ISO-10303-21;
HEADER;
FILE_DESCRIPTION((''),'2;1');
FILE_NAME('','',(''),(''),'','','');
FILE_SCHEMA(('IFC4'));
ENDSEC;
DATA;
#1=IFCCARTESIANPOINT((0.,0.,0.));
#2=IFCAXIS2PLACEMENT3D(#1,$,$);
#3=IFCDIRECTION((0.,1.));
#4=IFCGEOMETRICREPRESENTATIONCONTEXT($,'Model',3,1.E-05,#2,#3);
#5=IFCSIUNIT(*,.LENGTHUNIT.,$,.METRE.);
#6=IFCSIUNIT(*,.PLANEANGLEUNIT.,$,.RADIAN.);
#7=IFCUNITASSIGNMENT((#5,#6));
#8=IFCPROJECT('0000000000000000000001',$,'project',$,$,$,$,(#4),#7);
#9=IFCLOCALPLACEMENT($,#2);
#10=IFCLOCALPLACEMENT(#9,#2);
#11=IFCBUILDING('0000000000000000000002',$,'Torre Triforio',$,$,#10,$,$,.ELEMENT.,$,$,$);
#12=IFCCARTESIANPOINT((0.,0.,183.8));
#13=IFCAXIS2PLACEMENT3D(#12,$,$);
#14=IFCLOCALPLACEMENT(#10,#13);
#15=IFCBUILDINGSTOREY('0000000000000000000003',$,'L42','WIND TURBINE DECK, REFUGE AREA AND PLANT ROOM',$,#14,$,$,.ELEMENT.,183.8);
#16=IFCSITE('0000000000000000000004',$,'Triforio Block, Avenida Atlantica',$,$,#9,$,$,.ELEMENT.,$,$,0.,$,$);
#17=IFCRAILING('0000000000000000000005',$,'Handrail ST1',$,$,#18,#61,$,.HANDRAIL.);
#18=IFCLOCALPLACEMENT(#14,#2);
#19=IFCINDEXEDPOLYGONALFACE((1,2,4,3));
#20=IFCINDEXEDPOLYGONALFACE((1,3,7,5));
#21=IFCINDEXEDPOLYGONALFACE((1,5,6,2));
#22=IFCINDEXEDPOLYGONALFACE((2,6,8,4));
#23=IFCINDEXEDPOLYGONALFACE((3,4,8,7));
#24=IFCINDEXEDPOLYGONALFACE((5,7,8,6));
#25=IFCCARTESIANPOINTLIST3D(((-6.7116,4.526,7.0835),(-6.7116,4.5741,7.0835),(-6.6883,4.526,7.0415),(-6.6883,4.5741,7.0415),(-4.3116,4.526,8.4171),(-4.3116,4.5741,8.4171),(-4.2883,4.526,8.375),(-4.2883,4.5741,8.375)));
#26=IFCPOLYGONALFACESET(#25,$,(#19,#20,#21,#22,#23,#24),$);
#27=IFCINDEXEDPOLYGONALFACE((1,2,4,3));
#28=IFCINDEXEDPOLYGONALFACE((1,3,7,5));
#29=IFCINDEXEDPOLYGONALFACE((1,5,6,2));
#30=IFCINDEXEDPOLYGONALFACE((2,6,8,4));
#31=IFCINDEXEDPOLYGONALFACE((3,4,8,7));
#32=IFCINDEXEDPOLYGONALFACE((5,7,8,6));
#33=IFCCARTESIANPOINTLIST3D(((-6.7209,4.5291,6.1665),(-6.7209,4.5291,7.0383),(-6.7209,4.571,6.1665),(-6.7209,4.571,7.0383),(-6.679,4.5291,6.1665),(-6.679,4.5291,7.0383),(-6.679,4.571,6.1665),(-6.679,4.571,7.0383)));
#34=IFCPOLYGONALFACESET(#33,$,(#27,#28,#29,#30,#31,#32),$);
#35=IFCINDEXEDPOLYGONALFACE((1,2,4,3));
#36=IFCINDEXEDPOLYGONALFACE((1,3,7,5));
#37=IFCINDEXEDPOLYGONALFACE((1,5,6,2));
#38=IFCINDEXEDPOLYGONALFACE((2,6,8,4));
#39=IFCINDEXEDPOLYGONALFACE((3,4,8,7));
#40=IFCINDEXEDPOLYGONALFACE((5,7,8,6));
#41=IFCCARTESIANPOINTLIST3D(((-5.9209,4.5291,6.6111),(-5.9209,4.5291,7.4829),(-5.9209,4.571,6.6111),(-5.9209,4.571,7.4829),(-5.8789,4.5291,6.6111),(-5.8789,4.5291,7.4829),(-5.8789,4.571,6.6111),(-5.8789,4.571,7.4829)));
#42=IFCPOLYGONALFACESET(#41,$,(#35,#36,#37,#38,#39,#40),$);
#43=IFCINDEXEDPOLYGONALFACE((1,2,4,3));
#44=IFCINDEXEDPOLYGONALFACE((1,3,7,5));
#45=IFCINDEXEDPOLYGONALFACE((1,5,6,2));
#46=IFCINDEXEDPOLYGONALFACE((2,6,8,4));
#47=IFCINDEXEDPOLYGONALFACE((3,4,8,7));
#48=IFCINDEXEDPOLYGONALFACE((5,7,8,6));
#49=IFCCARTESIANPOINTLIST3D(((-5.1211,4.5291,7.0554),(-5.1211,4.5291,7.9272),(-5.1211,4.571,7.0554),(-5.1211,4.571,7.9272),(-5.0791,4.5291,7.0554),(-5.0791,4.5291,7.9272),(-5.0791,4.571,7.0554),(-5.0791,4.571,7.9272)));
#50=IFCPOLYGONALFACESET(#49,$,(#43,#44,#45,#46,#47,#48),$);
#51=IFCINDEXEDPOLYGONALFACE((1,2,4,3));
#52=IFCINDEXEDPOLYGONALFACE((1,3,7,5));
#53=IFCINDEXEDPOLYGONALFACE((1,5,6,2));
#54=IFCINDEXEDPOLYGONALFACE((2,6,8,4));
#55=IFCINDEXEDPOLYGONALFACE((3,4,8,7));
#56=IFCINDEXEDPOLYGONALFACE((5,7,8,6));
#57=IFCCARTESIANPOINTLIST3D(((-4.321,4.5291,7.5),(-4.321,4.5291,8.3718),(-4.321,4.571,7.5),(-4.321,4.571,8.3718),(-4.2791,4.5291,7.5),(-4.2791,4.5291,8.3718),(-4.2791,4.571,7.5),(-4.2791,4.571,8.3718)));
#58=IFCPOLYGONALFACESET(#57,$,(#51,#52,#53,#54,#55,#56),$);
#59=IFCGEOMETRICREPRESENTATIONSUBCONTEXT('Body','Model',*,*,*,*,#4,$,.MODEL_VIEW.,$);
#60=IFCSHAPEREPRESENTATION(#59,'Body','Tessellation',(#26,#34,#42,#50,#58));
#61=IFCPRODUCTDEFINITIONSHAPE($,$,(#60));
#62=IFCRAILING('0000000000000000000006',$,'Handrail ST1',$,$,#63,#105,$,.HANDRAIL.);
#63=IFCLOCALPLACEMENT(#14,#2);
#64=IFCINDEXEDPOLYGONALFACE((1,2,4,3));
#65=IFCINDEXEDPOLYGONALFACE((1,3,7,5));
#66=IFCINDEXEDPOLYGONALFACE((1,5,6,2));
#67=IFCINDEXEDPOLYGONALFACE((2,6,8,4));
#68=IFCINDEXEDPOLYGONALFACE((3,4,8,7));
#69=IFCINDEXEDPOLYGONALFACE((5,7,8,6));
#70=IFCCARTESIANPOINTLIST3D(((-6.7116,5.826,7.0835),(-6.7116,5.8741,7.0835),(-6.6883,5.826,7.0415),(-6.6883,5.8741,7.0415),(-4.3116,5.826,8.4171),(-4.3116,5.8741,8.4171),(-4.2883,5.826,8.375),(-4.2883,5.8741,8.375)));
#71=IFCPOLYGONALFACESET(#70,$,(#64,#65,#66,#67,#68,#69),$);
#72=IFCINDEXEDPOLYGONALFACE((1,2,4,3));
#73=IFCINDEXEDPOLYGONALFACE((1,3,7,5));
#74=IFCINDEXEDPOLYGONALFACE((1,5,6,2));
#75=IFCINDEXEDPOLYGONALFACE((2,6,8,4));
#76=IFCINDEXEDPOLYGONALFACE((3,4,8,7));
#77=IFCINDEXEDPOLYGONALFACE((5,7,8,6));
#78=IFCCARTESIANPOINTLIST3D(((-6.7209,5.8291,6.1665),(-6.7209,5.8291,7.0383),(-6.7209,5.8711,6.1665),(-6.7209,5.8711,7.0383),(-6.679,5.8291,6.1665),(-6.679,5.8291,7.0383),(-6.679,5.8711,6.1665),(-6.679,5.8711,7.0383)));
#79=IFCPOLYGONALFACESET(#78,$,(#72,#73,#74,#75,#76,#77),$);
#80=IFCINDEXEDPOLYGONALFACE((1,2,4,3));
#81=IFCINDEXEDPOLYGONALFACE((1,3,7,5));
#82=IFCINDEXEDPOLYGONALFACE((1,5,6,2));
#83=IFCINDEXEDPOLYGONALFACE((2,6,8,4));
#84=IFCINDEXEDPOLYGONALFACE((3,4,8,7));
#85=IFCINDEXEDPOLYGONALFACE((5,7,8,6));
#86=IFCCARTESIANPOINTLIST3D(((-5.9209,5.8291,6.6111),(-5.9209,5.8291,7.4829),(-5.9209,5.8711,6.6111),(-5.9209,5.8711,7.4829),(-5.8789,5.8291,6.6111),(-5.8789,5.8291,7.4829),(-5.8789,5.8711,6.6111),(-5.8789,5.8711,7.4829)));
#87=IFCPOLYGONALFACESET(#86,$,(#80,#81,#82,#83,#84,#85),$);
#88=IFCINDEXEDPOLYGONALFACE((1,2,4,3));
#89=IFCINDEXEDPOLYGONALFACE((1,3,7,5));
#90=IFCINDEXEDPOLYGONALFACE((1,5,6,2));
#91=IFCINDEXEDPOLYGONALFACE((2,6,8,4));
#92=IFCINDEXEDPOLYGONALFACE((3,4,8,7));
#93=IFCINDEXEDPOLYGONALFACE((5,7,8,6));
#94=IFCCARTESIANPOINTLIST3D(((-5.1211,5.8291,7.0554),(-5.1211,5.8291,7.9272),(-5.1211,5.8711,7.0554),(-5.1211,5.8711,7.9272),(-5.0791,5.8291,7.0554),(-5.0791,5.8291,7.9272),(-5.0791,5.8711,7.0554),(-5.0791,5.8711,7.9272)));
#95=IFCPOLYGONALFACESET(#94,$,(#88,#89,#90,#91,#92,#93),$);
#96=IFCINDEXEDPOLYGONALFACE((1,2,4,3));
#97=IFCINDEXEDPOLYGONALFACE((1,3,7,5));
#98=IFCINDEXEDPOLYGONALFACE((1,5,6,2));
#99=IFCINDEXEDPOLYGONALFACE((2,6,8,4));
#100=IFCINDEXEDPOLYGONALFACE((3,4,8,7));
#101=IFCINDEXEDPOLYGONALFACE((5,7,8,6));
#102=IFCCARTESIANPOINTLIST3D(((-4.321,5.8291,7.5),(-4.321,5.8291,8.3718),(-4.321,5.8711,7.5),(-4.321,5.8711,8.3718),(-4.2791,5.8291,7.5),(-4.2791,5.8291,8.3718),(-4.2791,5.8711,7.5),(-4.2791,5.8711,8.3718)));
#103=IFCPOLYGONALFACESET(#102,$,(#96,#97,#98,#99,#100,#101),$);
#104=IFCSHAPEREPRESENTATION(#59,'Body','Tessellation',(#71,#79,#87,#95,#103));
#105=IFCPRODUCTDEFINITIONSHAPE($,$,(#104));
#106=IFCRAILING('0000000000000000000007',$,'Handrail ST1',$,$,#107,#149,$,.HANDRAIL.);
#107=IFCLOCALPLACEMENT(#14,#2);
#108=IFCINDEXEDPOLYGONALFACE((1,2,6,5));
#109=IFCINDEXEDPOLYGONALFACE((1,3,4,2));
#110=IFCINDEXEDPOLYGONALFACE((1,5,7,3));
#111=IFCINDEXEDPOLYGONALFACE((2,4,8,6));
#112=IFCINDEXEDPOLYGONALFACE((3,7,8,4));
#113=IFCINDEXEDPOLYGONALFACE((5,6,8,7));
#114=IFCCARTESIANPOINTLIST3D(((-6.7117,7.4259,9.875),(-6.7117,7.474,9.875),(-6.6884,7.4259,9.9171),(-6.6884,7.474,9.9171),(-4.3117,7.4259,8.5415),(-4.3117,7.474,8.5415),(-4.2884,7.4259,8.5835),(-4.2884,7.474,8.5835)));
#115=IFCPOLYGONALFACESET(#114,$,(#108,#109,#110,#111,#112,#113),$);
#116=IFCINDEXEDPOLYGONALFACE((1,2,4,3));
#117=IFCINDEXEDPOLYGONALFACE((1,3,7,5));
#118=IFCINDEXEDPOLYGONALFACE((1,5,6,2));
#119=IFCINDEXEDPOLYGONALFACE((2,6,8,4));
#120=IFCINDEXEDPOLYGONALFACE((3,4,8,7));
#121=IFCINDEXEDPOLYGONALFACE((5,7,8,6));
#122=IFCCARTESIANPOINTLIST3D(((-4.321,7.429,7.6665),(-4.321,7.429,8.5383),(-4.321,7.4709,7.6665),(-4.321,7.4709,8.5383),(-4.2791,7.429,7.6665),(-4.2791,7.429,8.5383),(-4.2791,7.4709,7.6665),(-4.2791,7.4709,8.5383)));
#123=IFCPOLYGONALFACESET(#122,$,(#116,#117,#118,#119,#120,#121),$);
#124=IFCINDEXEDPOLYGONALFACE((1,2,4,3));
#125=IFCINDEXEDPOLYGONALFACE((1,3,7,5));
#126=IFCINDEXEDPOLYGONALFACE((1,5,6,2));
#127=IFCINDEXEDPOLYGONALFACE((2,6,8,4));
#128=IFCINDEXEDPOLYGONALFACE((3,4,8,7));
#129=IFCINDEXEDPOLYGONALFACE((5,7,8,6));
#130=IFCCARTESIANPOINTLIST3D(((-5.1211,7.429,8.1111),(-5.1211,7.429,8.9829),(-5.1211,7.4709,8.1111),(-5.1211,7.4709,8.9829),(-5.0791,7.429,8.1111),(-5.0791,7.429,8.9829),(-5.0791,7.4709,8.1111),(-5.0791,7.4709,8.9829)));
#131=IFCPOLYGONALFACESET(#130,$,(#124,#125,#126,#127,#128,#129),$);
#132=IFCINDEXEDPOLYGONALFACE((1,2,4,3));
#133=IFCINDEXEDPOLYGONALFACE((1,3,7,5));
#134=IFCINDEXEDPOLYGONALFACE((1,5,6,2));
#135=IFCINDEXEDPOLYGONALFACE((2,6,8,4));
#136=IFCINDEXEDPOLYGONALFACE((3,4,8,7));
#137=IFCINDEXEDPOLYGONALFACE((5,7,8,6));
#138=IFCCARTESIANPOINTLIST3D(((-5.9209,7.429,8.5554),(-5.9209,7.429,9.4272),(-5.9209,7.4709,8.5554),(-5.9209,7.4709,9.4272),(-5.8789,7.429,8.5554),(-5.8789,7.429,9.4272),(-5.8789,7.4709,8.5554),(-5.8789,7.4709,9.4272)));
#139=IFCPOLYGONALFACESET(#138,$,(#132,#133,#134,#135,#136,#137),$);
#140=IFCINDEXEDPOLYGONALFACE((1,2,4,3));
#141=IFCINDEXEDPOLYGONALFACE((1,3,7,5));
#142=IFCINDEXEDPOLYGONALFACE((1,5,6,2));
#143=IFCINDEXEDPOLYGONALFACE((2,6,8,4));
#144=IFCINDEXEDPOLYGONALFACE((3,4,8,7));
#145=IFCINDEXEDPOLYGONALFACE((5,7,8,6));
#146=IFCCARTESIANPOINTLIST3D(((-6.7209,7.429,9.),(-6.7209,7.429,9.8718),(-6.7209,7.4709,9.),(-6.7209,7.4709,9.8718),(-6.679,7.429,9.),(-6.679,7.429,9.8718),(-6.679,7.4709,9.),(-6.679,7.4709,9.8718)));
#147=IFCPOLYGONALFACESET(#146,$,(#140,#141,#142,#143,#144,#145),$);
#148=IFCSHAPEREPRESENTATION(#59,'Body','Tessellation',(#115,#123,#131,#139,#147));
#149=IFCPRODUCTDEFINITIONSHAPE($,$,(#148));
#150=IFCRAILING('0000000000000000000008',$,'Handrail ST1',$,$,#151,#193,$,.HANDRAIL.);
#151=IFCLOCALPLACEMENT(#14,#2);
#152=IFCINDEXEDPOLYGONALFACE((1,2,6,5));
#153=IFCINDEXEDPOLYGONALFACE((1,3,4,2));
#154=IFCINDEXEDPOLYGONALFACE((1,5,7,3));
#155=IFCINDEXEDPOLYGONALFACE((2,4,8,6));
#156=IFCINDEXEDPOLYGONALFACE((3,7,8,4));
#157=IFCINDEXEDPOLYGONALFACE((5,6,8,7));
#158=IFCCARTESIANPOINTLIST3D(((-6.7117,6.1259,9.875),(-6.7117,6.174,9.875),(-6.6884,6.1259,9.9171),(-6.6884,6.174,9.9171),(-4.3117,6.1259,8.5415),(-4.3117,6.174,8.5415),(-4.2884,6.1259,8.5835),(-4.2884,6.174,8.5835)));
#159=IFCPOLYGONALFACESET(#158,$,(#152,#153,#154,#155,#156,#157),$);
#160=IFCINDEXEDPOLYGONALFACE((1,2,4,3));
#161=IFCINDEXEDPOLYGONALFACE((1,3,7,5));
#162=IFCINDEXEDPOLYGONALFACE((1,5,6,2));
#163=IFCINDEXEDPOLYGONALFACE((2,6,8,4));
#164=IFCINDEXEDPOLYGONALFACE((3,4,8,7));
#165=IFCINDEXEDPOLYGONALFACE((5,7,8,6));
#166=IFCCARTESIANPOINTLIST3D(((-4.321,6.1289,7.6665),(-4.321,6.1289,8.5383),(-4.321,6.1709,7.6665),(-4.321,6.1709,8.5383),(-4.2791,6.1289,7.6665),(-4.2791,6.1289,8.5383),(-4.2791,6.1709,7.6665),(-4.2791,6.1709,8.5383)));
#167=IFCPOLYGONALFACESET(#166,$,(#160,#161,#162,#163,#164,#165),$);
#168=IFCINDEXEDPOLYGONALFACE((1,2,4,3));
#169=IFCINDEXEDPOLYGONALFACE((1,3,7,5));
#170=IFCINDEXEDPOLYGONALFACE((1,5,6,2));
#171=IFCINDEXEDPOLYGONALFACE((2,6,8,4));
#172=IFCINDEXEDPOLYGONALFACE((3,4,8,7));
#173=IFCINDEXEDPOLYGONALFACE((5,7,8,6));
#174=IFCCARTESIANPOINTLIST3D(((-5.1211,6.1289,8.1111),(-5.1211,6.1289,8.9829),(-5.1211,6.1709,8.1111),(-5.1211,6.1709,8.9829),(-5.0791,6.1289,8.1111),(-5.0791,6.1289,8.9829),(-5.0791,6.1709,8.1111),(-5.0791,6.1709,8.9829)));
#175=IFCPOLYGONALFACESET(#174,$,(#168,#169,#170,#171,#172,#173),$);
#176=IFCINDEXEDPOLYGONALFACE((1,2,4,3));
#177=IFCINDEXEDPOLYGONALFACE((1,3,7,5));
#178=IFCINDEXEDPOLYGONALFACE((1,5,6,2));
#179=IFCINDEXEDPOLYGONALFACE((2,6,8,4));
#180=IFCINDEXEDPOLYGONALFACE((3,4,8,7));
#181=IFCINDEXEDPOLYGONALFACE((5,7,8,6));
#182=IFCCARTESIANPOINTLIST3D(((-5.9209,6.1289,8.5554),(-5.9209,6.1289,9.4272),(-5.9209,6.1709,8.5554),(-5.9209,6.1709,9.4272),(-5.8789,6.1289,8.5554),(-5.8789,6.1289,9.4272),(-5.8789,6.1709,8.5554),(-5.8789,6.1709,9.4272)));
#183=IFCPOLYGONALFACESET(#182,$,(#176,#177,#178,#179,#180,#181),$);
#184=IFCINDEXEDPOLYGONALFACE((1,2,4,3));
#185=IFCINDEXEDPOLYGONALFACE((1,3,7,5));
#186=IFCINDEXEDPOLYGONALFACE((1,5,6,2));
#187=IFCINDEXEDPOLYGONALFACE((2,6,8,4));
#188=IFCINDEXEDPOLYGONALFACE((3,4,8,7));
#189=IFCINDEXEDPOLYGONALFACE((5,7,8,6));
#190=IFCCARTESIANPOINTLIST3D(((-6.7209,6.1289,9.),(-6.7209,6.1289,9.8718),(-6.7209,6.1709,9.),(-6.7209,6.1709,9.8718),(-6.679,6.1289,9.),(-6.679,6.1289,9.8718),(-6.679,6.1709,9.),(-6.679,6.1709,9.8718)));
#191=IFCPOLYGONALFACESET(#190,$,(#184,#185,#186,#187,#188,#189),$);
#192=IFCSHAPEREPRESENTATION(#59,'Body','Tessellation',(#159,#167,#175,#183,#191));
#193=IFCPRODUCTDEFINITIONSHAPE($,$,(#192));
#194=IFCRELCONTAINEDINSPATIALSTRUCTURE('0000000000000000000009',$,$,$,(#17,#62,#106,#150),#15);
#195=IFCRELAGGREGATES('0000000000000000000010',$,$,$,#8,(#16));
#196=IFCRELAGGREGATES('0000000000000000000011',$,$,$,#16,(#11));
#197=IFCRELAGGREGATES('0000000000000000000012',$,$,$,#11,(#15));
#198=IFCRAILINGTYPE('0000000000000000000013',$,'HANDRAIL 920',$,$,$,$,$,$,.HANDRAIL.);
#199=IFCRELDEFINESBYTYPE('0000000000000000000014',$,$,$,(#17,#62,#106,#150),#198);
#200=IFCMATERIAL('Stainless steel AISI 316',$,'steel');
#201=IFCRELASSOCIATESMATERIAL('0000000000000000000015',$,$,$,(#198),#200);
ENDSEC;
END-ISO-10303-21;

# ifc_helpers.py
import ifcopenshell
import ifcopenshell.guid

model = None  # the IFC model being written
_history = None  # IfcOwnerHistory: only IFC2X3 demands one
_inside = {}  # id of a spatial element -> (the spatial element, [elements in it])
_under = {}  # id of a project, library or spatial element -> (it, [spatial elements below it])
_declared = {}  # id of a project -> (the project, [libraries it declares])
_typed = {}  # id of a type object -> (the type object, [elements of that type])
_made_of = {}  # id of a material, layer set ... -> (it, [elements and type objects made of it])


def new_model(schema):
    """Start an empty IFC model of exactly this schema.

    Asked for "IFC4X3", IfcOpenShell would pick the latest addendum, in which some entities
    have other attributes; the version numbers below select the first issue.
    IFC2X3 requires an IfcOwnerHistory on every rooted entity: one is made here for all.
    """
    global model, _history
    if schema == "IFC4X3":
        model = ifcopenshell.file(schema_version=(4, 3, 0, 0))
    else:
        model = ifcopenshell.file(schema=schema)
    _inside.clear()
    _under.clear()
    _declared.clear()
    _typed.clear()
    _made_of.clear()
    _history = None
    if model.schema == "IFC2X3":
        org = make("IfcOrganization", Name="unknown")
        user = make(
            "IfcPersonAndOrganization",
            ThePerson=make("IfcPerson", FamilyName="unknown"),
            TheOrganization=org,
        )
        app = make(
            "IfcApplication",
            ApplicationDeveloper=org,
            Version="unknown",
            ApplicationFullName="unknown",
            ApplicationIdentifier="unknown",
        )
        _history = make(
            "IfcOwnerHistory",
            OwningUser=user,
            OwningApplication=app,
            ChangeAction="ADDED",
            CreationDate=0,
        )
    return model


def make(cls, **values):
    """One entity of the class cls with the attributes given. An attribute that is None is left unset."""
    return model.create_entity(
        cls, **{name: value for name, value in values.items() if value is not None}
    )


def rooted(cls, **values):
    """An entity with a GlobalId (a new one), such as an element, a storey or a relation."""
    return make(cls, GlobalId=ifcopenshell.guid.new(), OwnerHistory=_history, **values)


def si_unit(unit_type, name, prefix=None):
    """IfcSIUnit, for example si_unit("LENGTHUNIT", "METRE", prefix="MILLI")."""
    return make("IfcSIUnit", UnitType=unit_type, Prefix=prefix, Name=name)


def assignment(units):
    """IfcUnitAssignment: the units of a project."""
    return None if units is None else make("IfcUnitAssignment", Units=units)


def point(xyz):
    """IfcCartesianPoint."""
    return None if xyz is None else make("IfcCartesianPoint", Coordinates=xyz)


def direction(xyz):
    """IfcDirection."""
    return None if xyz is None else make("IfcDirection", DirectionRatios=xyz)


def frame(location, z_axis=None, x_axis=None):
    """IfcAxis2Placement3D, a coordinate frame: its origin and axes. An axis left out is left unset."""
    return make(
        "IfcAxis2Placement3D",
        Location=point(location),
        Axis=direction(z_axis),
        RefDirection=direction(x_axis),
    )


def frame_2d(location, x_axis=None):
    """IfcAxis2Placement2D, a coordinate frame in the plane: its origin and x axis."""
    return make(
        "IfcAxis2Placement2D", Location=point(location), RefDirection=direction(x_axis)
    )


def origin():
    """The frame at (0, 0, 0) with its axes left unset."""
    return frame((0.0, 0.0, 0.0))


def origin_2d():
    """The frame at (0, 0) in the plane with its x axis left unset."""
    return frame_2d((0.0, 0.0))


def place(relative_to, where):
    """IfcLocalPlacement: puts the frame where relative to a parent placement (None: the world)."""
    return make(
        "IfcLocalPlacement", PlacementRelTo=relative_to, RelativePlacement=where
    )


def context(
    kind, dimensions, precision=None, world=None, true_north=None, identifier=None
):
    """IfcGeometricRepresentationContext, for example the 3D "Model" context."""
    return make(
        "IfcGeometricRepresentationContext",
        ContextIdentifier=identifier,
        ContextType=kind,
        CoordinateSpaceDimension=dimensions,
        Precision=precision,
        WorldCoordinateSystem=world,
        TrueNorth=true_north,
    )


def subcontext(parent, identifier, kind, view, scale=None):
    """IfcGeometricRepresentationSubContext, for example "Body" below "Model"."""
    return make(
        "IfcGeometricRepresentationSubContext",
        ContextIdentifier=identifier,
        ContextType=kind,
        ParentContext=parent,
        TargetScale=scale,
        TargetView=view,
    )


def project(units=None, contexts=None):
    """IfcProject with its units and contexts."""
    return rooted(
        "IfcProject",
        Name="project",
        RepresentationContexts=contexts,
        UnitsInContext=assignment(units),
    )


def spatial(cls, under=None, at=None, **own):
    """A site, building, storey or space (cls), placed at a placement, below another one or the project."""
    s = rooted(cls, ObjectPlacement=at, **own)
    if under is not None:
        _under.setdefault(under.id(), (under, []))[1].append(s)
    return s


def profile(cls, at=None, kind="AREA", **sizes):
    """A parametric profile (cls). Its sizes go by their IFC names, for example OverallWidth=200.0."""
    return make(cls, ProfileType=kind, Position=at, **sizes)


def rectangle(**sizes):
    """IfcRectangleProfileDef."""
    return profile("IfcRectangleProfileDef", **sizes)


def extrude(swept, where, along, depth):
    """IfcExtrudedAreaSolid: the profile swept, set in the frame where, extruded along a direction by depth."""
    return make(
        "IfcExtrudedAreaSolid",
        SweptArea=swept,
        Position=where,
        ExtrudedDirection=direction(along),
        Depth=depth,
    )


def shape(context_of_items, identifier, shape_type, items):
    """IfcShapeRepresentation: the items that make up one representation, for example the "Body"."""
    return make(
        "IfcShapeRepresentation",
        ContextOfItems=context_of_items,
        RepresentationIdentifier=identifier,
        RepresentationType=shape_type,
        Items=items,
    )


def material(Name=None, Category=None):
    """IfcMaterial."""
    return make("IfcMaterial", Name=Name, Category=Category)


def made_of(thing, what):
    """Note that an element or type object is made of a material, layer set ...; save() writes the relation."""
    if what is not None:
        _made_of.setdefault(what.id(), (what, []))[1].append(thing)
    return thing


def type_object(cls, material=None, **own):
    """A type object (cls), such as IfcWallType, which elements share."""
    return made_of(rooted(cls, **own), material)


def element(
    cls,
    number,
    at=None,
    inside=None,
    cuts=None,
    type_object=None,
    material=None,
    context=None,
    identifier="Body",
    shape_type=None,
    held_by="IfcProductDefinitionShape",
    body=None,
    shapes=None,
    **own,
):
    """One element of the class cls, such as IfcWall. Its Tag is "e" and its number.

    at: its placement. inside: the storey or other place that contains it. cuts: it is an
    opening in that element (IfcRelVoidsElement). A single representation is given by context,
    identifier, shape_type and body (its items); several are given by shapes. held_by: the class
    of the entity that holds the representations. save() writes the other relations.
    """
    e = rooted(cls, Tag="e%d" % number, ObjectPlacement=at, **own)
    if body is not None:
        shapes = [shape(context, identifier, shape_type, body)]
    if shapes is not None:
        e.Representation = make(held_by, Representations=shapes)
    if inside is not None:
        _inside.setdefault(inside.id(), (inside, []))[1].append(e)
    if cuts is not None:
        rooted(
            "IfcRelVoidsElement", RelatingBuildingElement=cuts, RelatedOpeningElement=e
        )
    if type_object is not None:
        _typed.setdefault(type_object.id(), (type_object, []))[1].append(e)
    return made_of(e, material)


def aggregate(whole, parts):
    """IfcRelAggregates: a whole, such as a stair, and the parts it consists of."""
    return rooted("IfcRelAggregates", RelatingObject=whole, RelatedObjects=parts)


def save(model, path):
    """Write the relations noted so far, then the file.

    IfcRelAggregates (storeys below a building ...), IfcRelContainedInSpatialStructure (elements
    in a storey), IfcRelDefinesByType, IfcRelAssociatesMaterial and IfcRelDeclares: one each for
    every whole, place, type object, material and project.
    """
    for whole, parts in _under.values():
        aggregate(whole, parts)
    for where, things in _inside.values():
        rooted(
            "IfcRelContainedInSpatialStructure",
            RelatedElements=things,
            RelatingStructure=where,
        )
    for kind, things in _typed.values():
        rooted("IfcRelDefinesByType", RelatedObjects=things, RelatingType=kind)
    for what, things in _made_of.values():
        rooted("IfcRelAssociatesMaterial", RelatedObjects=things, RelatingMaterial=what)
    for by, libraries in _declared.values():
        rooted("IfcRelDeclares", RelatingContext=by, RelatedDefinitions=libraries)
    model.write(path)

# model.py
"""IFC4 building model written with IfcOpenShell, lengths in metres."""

from ifc_helpers import new_model, si_unit, direction, frame, origin, origin_2d, place, context, subcontext, project, spatial, rectangle, extrude, material, type_object, element, save


model = new_model("IFC4")

# Units and contexts
model_context = context("Model", 3, precision=1e-05, world=origin(), true_north=direction((0.0, 1.0)))
body_context = subcontext(model_context, "Body", "Model", "MODEL_VIEW")
ifc_project = project(units=[si_unit("LENGTHUNIT", "METRE"), si_unit("PLANEANGLEUNIT", "RADIAN")], contexts=[model_context])

# Site, building, storey
site_placement = place(None, origin())
site = spatial("IfcSite", under=ifc_project, at=site_placement, Name="Triforio Block, Avenida Atlantica", CompositionType="ELEMENT", RefElevation=0.0)
building_placement = place(site_placement, origin())
building = spatial("IfcBuilding", under=site, at=building_placement, Name="Torre Triforio", CompositionType="ELEMENT")
storey_placement = place(building_placement, frame((0.0, 0.0, 183.8)))
storey = spatial("IfcBuildingStorey", under=building, at=storey_placement, Name="L42", Description="WIND TURBINE DECK, REFUGE AREA AND PLANT ROOM", CompositionType="ELEMENT", Elevation=183.8)

# Railings
ifc_material_1 = material(Name="Stainless steel AISI 316", Category="steel")
railing_type = type_object("IfcRailingType", Name="HANDRAIL 920", PredefinedType="HANDRAIL", material=ifc_material_1)
for number, where, name in (
    (1, (-6.7, 4.55, 6.1665), "Handrail ST1"),
    (2, (-6.7, 5.8501, 6.1665), "Handrail ST1"),
):
    element("IfcRailing", number, at=place(storey_placement, frame(where)), inside=storey, type_object=railing_type, Name=name, PredefinedType="HANDRAIL", context=body_context, shape_type="SweptSolid", body=[
        extrude(rectangle(XDim=0.0481, YDim=0.0481, at=origin_2d()), frame((0.0, 0.0, 0.896), z_axis=(0.874124, 0.0, 0.485703), x_axis=(0.0, 1.0, 0.0)), (0.0, 0.0, 1.0), 2.7456),
        extrude(rectangle(XDim=0.042, YDim=0.042, at=origin_2d()), origin(), (0.0, 0.0, 1.0), 0.8718),
        extrude(rectangle(XDim=0.042, YDim=0.042, at=origin_2d()), frame((0.8, 0.0, 0.4446)), (0.0, 0.0, 1.0), 0.8718),
        extrude(rectangle(XDim=0.042, YDim=0.042, at=origin_2d()), frame((1.5999, 0.0, 0.8889)), (0.0, 0.0, 1.0), 0.8718),
        extrude(rectangle(XDim=0.042, YDim=0.042, at=origin_2d()), frame((2.3999, 0.0, 1.3335)), (0.0, 0.0, 1.0), 0.8718),
    ])
for number, where, name in (
    (3, (-4.3, 7.45, 7.6665), "Handrail ST1"),
    (4, (-4.3, 6.1499, 7.6665), "Handrail ST1"),
):
    element("IfcRailing", number, at=place(storey_placement, frame(where)), inside=storey, type_object=railing_type, Name=name, PredefinedType="HANDRAIL", context=body_context, shape_type="SweptSolid", body=[
        extrude(rectangle(XDim=0.0481, YDim=0.0481, at=origin_2d()), frame((0.0, 0.0, 0.896), z_axis=(-0.874124, 0.0, 0.485703), x_axis=(0.0, -1.0, 0.0)), (0.0, 0.0, 1.0), 2.7456),
        extrude(rectangle(XDim=0.042, YDim=0.042, at=origin_2d()), origin(), (0.0, 0.0, 1.0), 0.8718),
        extrude(rectangle(XDim=0.042, YDim=0.042, at=origin_2d()), frame((-0.8, 0.0, 0.4446)), (0.0, 0.0, 1.0), 0.8718),
        extrude(rectangle(XDim=0.042, YDim=0.042, at=origin_2d()), frame((-1.5999, 0.0, 0.8889)), (0.0, 0.0, 1.0), 0.8718),
        extrude(rectangle(XDim=0.042, YDim=0.042, at=origin_2d()), frame((-2.3999, 0.0, 1.3335)), (0.0, 0.0, 1.0), 0.8718),
    ])

save(model, "model.ifc")
